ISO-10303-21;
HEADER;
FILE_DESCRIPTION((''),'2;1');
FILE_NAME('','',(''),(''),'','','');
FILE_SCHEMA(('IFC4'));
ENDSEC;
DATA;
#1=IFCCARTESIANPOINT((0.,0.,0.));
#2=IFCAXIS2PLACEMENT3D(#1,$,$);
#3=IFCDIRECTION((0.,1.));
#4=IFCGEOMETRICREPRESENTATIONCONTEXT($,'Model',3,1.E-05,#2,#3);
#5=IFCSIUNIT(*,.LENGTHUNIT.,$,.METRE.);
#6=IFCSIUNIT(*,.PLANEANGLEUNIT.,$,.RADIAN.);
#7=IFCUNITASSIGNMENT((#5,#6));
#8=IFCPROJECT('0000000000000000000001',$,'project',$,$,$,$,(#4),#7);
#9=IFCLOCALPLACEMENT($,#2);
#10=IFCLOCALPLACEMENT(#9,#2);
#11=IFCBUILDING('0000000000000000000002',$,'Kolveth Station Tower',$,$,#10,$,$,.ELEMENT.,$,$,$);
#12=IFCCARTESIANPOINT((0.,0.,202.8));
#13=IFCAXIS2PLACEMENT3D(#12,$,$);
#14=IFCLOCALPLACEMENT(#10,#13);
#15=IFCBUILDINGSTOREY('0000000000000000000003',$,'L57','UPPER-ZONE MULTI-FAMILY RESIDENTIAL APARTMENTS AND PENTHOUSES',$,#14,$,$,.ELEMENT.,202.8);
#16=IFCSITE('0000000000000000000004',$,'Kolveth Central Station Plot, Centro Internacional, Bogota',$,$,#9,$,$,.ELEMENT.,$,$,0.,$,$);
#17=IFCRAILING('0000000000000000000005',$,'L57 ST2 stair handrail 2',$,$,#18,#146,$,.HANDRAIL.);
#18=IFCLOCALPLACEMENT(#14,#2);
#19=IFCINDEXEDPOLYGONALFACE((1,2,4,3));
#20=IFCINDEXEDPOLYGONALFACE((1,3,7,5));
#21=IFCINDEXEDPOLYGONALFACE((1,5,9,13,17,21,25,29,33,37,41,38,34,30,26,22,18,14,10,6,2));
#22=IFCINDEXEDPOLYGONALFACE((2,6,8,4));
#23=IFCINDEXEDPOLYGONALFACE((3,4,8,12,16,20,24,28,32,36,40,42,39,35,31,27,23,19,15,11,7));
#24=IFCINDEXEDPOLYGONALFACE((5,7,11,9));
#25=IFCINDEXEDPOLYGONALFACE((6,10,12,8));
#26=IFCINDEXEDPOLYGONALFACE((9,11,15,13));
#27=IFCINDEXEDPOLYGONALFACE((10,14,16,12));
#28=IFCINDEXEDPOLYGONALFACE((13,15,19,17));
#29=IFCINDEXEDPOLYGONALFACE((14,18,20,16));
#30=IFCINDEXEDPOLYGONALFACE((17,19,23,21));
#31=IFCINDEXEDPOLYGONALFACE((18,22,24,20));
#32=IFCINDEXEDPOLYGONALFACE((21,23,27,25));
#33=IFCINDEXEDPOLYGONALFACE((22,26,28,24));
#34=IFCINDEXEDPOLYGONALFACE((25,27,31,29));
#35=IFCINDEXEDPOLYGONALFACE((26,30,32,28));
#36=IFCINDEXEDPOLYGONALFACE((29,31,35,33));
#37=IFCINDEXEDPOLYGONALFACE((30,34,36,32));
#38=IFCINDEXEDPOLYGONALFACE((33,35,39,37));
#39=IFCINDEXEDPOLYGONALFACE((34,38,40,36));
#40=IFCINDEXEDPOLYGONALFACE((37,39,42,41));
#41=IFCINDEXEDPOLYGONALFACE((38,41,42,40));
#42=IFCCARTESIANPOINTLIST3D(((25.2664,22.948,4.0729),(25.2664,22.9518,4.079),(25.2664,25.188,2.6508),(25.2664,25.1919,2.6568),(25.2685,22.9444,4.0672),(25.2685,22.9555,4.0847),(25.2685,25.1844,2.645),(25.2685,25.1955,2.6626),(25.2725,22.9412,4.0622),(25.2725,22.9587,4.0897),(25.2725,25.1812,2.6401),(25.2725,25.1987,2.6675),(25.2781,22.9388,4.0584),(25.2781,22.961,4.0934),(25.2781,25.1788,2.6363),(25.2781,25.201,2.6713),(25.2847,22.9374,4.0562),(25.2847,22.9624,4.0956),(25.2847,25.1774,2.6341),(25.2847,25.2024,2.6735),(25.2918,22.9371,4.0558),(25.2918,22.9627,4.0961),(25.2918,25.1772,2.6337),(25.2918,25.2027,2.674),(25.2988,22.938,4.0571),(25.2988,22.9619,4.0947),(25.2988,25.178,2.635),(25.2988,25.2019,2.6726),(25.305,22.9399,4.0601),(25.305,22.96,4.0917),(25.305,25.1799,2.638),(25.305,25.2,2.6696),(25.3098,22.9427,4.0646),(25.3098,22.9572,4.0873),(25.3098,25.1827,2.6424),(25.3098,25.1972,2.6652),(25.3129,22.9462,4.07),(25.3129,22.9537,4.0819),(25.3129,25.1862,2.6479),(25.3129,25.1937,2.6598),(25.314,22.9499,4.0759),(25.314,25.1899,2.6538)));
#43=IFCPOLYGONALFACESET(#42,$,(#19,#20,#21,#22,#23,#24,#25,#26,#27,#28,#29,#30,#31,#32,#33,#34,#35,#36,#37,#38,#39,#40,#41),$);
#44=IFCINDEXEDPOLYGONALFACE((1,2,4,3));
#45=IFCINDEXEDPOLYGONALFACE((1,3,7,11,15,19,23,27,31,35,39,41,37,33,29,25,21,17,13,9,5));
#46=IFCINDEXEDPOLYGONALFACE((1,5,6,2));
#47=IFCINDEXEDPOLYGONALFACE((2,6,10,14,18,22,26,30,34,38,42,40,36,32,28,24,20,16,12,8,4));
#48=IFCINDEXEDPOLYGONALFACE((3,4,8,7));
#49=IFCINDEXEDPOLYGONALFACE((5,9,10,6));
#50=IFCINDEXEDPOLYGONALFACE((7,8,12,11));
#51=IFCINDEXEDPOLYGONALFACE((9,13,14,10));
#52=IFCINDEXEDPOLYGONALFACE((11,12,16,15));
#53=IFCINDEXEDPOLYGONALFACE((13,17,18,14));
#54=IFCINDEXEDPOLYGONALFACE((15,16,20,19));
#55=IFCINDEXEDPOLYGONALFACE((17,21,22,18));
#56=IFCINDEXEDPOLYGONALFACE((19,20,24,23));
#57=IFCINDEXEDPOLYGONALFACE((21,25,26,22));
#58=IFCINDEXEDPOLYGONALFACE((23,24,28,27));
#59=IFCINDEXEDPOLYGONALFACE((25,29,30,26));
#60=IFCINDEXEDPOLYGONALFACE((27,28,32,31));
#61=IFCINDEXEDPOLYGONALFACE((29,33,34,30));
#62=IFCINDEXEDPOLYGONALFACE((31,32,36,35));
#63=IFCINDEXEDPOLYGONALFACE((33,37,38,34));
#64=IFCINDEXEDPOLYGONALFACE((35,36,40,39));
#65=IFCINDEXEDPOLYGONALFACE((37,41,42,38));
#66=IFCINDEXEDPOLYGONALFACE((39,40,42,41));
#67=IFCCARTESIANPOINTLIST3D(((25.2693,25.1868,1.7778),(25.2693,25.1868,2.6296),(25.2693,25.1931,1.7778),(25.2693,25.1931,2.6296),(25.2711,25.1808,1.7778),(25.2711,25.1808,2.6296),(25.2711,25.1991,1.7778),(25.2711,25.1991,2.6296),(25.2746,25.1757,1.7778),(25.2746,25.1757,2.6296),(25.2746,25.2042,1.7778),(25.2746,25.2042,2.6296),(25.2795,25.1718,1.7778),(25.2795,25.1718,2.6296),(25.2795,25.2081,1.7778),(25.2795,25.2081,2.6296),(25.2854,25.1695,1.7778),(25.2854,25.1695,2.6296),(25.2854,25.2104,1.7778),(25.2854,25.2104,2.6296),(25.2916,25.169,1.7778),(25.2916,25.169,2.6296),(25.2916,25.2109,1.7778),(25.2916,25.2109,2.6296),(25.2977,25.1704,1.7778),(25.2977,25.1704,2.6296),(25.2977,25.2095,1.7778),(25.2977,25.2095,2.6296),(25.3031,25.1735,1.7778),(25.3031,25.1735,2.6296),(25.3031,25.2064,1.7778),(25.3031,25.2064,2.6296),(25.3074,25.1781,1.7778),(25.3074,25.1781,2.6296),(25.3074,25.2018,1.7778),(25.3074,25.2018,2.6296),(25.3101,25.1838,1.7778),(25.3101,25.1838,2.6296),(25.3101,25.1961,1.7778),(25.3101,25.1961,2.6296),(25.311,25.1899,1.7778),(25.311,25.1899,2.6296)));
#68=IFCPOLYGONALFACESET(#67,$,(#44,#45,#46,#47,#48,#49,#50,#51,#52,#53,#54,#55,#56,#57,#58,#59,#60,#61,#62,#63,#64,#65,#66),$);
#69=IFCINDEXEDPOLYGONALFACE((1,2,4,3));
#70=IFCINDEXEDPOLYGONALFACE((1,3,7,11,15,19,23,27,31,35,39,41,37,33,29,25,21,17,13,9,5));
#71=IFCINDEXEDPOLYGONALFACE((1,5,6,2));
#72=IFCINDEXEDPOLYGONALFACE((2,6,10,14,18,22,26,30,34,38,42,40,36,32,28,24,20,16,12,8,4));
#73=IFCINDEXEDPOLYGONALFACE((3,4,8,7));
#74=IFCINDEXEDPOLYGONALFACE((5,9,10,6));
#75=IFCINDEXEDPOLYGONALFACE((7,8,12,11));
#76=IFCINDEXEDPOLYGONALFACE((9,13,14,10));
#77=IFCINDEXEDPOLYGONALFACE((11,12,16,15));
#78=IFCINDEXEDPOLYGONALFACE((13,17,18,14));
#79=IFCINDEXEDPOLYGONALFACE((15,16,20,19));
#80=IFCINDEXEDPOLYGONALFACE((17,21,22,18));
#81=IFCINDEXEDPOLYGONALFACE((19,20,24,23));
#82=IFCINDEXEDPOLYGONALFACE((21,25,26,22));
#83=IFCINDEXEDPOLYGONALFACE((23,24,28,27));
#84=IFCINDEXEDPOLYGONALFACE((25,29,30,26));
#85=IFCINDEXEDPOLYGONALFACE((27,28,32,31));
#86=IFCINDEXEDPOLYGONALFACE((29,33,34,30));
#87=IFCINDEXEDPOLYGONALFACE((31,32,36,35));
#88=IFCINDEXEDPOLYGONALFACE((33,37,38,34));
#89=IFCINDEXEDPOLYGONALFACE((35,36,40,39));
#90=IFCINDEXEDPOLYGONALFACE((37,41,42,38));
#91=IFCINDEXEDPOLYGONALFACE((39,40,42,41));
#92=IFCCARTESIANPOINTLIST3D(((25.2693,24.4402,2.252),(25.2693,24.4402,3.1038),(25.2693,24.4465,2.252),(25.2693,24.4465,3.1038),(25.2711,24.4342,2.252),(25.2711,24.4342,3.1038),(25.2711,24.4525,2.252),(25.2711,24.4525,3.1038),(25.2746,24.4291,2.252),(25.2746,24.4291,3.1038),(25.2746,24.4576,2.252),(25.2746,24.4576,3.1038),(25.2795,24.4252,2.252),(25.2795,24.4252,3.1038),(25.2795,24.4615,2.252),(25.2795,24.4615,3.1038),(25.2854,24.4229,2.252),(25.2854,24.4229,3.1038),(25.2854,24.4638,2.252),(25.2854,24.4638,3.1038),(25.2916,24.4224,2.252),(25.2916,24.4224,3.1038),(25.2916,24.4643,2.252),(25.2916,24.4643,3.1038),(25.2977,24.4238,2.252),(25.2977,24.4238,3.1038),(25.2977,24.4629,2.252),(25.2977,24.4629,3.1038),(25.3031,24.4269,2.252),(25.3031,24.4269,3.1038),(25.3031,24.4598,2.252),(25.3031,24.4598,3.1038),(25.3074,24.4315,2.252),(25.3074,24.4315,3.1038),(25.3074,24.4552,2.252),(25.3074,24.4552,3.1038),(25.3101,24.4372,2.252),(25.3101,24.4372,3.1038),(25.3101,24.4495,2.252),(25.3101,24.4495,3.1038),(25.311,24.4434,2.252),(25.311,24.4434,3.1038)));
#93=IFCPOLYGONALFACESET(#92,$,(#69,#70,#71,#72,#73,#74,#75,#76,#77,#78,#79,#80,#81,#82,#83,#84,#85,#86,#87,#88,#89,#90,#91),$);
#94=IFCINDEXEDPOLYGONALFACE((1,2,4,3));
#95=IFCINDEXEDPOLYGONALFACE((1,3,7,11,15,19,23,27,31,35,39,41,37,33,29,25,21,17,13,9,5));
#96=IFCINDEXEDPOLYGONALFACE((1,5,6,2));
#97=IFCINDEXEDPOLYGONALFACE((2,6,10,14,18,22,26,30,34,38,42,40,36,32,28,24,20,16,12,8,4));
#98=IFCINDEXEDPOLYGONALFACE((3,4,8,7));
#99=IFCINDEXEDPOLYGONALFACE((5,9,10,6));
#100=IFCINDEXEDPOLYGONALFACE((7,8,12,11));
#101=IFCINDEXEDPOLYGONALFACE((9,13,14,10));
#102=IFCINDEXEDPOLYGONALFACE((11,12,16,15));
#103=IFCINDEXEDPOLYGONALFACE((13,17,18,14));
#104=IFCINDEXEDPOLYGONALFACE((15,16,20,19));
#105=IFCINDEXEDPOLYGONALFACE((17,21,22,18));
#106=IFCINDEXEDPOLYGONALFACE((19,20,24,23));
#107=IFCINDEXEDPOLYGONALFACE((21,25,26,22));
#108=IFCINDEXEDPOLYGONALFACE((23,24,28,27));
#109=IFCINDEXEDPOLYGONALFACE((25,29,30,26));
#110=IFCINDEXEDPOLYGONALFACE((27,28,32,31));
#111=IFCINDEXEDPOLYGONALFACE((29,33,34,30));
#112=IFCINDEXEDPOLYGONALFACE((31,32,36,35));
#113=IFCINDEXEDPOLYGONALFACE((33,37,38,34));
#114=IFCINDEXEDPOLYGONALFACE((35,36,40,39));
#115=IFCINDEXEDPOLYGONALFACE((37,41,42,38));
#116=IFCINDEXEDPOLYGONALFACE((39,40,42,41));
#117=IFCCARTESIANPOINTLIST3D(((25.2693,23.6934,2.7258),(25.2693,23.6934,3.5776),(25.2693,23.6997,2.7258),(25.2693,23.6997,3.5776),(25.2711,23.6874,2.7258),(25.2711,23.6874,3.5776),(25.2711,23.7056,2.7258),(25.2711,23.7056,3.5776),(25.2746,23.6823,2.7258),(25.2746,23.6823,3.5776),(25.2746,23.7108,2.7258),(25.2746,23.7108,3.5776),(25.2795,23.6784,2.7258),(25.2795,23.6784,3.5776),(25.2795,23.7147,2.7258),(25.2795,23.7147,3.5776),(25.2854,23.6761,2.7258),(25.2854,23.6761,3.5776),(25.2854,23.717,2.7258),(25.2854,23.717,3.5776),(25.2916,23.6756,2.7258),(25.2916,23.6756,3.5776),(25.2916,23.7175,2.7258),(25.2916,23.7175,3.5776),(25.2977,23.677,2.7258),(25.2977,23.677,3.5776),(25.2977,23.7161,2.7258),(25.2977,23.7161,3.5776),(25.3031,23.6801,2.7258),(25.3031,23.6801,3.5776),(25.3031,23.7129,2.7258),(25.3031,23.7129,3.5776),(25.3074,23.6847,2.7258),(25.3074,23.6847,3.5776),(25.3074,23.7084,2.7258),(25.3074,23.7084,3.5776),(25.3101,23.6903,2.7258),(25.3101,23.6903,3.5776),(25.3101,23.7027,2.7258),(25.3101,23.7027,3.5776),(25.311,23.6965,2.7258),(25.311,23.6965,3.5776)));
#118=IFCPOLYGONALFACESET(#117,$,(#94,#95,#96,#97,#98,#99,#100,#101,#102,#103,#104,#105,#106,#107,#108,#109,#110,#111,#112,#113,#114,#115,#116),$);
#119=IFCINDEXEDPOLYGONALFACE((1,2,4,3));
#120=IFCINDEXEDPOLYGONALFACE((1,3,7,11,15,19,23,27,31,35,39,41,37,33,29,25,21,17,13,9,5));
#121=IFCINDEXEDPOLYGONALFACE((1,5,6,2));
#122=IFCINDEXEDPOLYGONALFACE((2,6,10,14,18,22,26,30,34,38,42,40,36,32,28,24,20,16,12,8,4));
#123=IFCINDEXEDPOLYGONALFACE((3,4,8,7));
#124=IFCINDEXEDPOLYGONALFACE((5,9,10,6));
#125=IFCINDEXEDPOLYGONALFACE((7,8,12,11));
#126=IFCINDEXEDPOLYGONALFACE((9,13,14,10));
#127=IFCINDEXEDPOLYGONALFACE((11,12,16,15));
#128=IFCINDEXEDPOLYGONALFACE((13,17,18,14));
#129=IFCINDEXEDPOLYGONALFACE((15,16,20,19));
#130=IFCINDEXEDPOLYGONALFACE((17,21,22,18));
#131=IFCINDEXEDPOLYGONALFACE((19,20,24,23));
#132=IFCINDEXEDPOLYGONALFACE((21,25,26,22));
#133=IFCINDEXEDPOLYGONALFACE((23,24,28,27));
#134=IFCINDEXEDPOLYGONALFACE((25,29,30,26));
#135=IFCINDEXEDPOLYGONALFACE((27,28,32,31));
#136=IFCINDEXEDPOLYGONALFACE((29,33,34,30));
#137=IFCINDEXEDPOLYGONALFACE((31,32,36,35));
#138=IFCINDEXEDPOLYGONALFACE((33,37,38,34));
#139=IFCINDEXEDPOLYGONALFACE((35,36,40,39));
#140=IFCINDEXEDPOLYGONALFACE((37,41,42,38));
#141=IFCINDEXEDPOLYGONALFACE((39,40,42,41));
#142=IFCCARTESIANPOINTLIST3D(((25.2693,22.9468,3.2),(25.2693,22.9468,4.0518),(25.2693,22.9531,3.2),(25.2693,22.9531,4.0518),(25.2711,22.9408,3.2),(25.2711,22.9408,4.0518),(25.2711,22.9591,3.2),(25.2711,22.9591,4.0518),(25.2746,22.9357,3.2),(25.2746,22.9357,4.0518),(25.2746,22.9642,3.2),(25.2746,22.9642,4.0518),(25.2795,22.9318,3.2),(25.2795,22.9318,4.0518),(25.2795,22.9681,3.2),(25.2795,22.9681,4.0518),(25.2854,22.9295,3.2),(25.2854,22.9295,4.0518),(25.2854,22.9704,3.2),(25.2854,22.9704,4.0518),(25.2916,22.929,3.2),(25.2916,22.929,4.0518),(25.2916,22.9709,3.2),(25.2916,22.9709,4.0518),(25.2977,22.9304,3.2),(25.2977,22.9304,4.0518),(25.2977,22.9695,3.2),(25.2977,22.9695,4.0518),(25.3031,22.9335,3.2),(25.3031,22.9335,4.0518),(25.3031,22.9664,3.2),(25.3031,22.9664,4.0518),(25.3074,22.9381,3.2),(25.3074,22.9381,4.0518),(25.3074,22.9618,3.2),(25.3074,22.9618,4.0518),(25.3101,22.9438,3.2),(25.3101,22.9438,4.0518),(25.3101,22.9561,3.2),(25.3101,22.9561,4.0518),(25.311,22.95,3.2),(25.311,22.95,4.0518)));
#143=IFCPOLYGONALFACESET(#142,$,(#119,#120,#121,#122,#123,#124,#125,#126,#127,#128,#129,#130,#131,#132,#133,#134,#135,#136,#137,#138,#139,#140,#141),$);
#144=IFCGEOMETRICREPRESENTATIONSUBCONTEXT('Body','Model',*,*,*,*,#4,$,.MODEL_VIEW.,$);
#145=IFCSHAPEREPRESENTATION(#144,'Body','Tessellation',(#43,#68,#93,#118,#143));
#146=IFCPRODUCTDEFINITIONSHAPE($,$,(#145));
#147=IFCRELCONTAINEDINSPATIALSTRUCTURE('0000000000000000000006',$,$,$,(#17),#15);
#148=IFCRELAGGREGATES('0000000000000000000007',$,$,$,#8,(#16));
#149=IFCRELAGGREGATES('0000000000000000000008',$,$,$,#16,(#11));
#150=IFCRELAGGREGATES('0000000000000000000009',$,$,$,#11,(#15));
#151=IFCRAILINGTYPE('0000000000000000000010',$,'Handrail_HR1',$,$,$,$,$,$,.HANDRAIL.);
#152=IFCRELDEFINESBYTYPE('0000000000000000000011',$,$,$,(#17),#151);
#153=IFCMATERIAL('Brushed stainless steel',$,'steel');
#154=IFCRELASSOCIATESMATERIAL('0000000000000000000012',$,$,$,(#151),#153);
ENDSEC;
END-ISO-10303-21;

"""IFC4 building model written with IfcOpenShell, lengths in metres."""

from ifc_helpers import new_model, si_unit, direction, frame, origin, origin_2d, place, context, subcontext, project, spatial, circle, extrude, material, type_object, element, save


model = new_model("IFC4")

# Units and contexts
model_context = context("Model", 3, precision=1e-05, world=origin(), true_north=direction((0.0, 1.0)))
body_context = subcontext(model_context, "Body", "Model", "MODEL_VIEW")
ifc_project = project(units=[si_unit("LENGTHUNIT", "METRE"), si_unit("PLANEANGLEUNIT", "RADIAN")], contexts=[model_context])

# Site, building, storey
site_placement = place(None, origin())
site = spatial("IfcSite", under=ifc_project, at=site_placement, Name="Kolveth Central Station Plot, Centro Internacional, Bogota", CompositionType="ELEMENT", RefElevation=0.0)
building_placement = place(site_placement, origin())
building = spatial("IfcBuilding", under=site, at=building_placement, Name="Kolveth Station Tower", CompositionType="ELEMENT")
storey_placement = place(building_placement, frame((0.0, 0.0, 202.8)))
storey = spatial("IfcBuildingStorey", under=building, at=storey_placement, Name="L57", Description="UPPER-ZONE MULTI-FAMILY RESIDENTIAL APARTMENTS AND PENTHOUSES", CompositionType="ELEMENT", Elevation=202.8)

# Railing
ifc_material_1 = material(Name="Brushed stainless steel", Category="steel")
railing_type_1 = type_object("IfcRailingType", Name="Handrail_HR1", PredefinedType="HANDRAIL", material=ifc_material_1)
railing_1_placement = place(storey_placement, frame((25.29, 25.1899, 1.7778)))
element("IfcRailing", 1, at=railing_1_placement, inside=storey, type_object=railing_type_1, Name="L57 ST2 stair handrail 2", PredefinedType="HANDRAIL", context=body_context, shape_type="SweptSolid", body=[
    extrude(circle(Radius=0.0239, at=origin_2d()), frame((0.0, 0.0, 0.876), z_axis=(0.0, -0.844229, 0.535982), x_axis=(1.0, 0.0, 0.0)), (0.0, 0.0, 1.0), 2.6533),
    extrude(circle(Radius=0.021, at=origin_2d()), origin(), (0.0, 0.0, 1.0), 0.8518),
    extrude(circle(Radius=0.021, at=origin_2d()), frame((0.0, -0.7466, 0.4741)), (0.0, 0.0, 1.0), 0.8518),
    extrude(circle(Radius=0.021, at=origin_2d()), frame((0.0, -1.4934, 0.948)), (0.0, 0.0, 1.0), 0.8518),
    extrude(circle(Radius=0.021, at=origin_2d()), frame((0.0, -2.24, 1.4221)), (0.0, 0.0, 1.0), 0.8518),
])

save(model, "model.ifc")
